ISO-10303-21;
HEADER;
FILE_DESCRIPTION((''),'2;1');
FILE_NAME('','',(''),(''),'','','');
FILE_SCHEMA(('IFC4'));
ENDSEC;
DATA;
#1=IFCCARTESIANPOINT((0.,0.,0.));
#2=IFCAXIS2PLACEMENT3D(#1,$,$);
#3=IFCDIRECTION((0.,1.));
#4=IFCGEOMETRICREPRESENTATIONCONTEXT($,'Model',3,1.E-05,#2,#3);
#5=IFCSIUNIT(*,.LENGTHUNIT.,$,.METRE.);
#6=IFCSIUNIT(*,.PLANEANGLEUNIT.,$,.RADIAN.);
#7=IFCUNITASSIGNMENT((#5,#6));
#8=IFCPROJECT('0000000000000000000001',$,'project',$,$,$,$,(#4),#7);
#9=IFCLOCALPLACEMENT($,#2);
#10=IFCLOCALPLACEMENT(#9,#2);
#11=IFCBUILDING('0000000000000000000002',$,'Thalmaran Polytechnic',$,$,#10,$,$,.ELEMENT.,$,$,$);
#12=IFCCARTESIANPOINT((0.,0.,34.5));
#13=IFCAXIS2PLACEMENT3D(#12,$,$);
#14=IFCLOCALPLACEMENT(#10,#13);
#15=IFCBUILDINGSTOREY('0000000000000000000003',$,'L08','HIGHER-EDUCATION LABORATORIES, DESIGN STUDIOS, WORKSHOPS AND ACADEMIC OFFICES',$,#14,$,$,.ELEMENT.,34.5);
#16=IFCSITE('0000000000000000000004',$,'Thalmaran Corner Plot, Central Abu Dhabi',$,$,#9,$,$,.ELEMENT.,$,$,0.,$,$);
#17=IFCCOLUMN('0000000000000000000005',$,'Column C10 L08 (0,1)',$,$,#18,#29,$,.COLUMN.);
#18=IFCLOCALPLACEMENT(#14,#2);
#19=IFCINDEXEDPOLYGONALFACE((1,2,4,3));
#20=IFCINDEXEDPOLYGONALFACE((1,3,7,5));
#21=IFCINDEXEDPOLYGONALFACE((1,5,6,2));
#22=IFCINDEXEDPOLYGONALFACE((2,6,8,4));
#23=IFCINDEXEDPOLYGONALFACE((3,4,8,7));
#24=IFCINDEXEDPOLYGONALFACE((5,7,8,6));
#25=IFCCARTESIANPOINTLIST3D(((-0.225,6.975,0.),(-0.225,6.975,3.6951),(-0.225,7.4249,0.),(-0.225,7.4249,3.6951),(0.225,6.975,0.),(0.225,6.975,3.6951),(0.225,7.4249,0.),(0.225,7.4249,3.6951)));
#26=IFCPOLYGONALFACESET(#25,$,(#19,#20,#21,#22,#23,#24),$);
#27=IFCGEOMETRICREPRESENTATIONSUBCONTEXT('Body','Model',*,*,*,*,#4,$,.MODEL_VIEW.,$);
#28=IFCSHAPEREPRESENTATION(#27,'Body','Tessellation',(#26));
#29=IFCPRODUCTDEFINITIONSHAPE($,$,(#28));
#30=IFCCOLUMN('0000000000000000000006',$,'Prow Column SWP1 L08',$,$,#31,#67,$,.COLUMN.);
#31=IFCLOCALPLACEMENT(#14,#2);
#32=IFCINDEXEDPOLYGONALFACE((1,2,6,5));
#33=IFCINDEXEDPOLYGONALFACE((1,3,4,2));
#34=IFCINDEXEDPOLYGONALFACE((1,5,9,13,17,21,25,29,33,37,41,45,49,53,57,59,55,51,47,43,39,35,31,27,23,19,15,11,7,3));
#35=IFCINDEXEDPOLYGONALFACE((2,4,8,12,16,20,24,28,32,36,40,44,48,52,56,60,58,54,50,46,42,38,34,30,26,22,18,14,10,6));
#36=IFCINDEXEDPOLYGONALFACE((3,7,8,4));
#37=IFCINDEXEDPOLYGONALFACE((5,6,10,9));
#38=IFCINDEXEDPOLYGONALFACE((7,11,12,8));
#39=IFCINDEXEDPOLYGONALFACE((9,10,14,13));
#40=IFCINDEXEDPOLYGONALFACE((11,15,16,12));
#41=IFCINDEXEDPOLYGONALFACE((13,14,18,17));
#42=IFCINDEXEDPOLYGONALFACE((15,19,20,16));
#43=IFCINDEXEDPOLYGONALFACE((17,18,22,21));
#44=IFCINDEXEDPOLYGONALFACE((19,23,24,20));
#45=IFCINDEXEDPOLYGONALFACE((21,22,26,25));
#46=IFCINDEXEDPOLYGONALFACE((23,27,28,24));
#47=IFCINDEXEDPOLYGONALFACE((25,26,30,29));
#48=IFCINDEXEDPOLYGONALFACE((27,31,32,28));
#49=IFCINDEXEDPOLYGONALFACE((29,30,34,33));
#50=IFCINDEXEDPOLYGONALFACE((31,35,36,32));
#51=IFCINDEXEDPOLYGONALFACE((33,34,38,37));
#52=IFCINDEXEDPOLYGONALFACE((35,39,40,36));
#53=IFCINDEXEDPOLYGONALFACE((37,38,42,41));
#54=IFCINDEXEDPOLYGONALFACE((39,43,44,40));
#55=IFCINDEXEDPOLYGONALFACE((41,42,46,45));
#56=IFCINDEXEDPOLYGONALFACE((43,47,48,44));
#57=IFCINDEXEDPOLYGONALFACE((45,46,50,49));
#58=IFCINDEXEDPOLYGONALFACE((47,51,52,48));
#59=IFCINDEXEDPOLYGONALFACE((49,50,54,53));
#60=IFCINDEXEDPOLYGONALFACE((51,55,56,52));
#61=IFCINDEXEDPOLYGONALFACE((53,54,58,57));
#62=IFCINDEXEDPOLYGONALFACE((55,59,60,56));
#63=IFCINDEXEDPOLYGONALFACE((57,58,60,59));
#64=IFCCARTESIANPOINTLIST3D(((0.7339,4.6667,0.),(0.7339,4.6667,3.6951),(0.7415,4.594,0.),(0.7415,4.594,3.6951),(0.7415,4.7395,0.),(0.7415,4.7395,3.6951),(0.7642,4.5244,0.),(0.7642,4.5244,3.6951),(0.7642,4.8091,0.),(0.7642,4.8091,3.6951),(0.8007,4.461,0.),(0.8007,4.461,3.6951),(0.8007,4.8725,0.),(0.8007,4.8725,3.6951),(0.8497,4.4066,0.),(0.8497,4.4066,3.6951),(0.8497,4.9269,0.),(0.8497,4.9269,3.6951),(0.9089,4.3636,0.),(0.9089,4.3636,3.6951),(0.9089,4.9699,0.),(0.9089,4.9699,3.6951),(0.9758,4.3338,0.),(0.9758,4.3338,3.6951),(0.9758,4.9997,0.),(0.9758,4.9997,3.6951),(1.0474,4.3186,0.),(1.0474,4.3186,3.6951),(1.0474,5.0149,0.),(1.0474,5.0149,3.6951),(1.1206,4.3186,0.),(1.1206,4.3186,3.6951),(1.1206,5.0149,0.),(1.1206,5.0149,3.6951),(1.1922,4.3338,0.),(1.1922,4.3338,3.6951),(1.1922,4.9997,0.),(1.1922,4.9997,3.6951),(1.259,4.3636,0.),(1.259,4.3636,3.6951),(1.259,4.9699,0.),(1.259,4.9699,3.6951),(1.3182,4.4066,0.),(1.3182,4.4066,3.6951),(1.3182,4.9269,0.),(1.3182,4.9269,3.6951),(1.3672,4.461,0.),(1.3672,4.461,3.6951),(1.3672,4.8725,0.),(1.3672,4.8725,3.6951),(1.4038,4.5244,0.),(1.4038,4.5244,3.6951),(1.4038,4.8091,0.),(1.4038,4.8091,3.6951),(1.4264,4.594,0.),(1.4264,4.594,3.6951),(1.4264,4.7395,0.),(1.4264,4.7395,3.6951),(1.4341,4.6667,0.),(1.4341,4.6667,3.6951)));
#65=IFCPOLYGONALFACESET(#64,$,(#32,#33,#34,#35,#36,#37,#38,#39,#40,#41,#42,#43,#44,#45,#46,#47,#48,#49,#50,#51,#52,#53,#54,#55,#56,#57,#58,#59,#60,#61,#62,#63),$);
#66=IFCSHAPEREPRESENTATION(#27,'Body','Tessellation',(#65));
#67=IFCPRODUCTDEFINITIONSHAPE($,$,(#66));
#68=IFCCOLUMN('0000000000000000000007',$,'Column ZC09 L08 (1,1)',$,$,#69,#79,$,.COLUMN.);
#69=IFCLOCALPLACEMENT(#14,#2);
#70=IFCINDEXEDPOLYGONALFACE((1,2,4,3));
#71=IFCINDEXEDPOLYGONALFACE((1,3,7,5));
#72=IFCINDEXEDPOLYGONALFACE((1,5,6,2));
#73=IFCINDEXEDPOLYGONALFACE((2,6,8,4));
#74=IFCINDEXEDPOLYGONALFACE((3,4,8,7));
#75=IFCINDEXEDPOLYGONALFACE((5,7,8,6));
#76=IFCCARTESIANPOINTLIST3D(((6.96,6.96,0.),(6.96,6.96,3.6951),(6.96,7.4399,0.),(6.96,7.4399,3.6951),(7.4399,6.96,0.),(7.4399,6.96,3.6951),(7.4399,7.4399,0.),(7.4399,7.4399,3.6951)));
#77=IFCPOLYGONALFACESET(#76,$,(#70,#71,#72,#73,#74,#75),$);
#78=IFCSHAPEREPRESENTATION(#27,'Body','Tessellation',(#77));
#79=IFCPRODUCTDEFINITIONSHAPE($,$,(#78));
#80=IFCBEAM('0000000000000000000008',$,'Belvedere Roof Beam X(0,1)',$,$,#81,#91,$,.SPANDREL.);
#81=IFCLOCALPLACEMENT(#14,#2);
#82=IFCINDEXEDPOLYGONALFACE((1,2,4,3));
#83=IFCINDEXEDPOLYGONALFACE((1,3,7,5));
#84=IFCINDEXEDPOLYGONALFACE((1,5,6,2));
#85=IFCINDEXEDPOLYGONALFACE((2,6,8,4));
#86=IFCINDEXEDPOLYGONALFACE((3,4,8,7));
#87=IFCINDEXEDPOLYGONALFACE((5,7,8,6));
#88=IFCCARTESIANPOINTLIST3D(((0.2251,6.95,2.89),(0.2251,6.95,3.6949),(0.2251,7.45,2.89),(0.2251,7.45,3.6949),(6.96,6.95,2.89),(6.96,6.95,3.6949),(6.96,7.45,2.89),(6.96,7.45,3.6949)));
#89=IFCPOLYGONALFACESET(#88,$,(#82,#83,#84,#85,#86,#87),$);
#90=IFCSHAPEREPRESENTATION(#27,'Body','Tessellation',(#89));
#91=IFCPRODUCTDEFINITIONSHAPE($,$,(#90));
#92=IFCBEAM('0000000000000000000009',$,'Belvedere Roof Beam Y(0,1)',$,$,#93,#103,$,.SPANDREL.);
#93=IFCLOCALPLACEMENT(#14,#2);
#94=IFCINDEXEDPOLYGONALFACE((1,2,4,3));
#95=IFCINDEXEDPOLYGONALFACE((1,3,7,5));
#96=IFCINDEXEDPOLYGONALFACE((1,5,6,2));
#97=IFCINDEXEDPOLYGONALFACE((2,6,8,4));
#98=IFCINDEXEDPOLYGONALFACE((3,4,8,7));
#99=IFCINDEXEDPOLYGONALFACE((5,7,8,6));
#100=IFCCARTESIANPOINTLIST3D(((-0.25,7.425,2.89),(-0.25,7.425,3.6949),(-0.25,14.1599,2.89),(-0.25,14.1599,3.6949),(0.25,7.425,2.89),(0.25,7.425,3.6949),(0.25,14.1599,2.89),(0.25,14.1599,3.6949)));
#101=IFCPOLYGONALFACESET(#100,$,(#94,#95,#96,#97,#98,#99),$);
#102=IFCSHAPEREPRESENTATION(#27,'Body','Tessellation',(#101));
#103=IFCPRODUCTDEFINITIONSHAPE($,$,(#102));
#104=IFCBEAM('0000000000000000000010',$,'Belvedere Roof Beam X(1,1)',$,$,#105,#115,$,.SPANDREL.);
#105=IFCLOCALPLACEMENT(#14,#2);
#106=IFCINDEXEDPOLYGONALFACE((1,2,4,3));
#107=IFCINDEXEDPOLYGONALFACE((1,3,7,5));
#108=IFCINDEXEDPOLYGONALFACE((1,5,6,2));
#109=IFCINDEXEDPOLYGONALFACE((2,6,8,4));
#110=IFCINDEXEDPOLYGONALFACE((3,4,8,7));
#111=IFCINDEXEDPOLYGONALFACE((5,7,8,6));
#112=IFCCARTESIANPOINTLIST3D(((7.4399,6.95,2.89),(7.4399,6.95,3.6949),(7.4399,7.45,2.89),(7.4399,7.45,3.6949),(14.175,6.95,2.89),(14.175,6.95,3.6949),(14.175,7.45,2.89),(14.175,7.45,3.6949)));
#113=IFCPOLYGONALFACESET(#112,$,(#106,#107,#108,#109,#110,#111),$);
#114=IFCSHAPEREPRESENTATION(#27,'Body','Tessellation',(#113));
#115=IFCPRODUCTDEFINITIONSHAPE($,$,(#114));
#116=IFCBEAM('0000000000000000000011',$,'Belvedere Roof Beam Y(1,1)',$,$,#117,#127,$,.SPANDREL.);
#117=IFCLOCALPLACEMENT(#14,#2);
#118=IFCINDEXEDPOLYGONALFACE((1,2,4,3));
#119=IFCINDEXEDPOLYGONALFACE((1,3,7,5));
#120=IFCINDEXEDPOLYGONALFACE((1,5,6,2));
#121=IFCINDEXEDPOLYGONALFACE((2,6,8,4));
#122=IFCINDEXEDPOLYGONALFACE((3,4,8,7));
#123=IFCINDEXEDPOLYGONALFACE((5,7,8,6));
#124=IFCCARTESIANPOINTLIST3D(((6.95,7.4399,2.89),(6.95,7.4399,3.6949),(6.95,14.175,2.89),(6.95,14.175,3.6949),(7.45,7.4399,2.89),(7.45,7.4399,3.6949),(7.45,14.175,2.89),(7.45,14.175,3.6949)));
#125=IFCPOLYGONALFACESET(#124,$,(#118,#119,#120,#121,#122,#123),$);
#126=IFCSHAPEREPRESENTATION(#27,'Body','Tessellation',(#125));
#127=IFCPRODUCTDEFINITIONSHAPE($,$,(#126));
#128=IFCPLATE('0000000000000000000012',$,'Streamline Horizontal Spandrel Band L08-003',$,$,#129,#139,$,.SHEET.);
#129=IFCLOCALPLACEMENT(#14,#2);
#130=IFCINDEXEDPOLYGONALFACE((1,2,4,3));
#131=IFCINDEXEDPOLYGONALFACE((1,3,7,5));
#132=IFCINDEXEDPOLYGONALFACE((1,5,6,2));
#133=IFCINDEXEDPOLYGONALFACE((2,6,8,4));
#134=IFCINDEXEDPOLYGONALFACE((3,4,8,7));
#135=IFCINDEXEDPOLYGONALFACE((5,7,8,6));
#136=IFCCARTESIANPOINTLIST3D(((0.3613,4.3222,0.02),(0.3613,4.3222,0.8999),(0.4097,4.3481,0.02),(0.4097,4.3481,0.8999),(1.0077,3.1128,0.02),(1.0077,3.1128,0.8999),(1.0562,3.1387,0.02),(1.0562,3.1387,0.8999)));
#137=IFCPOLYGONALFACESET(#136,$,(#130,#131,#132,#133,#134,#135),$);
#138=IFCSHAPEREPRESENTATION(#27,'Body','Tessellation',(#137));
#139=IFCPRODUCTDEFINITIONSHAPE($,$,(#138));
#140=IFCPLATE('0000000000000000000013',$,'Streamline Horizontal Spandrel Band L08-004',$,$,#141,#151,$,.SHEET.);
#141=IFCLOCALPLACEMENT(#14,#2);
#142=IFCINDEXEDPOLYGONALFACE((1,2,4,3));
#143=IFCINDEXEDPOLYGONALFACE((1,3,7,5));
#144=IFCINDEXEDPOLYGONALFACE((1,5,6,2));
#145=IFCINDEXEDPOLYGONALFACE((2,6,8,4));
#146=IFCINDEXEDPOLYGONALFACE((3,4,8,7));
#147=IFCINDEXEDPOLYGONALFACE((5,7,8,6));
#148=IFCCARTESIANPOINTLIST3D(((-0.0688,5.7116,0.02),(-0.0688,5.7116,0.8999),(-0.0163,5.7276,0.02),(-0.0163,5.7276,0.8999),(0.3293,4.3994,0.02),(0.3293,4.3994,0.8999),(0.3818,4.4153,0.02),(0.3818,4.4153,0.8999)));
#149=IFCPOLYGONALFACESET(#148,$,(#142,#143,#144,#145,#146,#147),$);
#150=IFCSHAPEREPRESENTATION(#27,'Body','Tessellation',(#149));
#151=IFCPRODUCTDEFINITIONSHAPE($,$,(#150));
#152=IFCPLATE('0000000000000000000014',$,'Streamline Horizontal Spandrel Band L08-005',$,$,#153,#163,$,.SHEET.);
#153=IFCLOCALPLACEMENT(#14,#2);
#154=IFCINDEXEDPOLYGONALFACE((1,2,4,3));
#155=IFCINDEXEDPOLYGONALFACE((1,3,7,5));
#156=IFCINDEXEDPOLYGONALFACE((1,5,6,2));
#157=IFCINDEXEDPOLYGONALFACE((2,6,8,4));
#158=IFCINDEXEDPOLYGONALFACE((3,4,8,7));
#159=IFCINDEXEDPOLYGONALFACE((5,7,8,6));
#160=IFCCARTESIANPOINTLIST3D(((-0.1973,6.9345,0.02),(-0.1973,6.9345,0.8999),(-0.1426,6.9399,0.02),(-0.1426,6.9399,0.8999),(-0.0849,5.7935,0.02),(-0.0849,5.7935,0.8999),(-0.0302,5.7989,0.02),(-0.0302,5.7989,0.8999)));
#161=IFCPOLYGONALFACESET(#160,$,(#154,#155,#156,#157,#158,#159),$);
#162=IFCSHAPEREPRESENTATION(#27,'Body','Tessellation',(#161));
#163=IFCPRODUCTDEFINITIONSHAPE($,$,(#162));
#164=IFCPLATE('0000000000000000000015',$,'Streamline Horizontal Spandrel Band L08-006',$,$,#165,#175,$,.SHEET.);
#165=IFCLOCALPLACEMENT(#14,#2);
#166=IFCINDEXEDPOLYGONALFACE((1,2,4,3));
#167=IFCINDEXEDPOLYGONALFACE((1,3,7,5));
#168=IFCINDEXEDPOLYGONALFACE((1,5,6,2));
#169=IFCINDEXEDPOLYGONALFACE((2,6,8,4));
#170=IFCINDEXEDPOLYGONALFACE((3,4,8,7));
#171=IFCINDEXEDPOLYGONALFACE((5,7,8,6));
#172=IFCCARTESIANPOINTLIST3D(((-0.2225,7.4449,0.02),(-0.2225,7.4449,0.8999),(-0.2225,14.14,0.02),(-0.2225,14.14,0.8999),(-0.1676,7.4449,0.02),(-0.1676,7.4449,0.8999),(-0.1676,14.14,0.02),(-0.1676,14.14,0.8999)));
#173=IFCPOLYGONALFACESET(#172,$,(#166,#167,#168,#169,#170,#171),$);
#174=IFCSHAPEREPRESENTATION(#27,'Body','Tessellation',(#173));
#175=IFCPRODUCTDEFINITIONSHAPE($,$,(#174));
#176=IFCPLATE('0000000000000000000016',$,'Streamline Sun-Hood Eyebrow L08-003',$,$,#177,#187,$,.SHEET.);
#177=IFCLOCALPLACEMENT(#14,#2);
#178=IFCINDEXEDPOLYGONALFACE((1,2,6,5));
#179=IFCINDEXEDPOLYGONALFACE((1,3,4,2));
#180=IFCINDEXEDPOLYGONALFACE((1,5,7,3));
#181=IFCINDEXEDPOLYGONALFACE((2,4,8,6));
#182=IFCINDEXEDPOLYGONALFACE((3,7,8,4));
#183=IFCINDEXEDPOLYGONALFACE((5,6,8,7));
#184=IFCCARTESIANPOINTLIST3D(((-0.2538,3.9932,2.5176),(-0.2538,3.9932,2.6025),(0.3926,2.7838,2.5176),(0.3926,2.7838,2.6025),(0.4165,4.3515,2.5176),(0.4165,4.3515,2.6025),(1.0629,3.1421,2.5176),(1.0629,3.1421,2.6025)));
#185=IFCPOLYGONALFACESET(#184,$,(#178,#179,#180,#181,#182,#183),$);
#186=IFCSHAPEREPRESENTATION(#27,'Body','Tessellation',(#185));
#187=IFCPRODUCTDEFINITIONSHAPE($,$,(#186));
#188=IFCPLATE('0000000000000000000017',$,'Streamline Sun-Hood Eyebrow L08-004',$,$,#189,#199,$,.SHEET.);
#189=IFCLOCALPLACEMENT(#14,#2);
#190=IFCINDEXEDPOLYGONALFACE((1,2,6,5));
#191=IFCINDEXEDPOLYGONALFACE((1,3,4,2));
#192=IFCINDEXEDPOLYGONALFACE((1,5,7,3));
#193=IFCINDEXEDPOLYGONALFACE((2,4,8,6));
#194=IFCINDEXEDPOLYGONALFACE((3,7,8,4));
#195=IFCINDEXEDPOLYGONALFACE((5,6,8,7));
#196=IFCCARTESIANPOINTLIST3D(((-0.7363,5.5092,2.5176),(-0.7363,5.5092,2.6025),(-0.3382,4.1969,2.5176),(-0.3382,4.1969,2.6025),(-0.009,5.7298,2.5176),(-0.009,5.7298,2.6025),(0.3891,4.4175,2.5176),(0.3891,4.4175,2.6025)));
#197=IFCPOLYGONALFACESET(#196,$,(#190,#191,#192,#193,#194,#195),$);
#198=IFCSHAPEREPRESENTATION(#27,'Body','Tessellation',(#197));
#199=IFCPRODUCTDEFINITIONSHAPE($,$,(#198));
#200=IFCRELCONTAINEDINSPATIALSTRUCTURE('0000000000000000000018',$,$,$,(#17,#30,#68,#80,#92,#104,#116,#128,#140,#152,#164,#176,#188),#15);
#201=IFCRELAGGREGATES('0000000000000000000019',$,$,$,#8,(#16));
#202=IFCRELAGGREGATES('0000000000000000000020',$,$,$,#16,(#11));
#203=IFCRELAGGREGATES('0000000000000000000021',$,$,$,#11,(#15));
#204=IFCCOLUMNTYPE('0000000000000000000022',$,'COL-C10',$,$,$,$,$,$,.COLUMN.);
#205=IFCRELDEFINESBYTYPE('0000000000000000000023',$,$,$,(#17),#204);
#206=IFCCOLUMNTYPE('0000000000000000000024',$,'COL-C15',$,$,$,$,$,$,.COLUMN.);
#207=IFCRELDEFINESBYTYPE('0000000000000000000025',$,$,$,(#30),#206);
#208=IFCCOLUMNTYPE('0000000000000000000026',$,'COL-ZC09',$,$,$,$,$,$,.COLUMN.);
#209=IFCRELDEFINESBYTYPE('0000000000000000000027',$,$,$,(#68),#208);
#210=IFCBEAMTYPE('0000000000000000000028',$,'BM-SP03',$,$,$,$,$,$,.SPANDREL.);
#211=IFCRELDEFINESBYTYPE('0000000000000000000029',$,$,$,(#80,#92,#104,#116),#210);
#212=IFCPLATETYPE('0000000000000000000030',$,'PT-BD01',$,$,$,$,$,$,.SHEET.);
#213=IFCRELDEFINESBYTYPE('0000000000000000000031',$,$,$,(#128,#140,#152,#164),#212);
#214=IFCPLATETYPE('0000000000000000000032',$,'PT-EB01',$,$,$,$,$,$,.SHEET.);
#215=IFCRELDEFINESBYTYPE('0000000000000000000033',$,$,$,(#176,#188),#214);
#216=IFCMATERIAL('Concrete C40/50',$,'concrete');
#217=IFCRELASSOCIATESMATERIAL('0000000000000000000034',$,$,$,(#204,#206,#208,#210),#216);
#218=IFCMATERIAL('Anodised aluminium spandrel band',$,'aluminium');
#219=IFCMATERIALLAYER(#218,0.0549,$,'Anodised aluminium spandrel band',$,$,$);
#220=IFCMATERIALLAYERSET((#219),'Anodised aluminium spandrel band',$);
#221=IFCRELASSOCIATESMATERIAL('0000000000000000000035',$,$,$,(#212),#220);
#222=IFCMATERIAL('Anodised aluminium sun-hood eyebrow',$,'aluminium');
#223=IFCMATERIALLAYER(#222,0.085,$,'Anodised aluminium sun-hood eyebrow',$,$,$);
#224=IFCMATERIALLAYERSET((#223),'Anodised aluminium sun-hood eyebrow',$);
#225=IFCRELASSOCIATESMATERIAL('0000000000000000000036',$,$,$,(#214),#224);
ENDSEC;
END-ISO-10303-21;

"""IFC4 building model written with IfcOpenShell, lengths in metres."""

from ifc_helpers import new_model, si_unit, direction, frame, origin, origin_2d, place, context, subcontext, project, spatial, rectangle, circle, extrude, material, layer, layer_set, material_profile, profile_set, type_object, element, save


model = new_model("IFC4")

# Units and contexts
model_context = context("Model", 3, precision=1e-05, world=origin(), true_north=direction((0.0, 1.0)))
body_context = subcontext(model_context, "Body", "Model", "MODEL_VIEW")
ifc_project = project(units=[si_unit("LENGTHUNIT", "METRE"), si_unit("PLANEANGLEUNIT", "RADIAN")], contexts=[model_context])

# Site, building, storey
site_placement = place(None, origin())
site = spatial("IfcSite", under=ifc_project, at=site_placement, Name="Thalmaran Corner Plot, Central Abu Dhabi", CompositionType="ELEMENT", RefElevation=0.0)
building_placement = place(site_placement, origin())
building = spatial("IfcBuilding", under=site, at=building_placement, Name="Thalmaran Polytechnic", CompositionType="ELEMENT")
storey_placement = place(building_placement, frame((0.0, 0.0, 34.5)))
storey = spatial("IfcBuildingStorey", under=building, at=storey_placement, Name="L08", Description="HIGHER-EDUCATION LABORATORIES, DESIGN STUDIOS, WORKSHOPS AND ACADEMIC OFFICES", CompositionType="ELEMENT", Elevation=34.5)

# Columns
ifc_material_1 = material(Name="Concrete C40/50", Category="concrete")
ifc_material_profile_1 = material_profile(ifc_material_1, rectangle(XDim=0.45, YDim=0.45, at=origin_2d()), Name="RC 450x450")
ifc_profile_set_1 = profile_set([ifc_material_profile_1], Name="Concrete C40/50")
column_type_1 = type_object("IfcColumnType", Name="COL-C10", PredefinedType="COLUMN", material=ifc_profile_set_1)
column_1_placement = place(storey_placement, frame((0.0, 7.2, 0.0), z_axis=(0.0, 0.0, 1.0), x_axis=(1.0, 0.0, 0.0)))
element("IfcColumn", 1, at=column_1_placement, inside=storey, type_object=column_type_1, Name="Column C10 L08 (0,1)", PredefinedType="COLUMN", context=body_context, shape_type="SweptSolid", body=[
    extrude(rectangle(XDim=0.45, YDim=0.45, at=origin_2d()), origin(), (0.0, 0.0, 1.0), 3.6951),
])
ifc_material_profile_2 = material_profile(ifc_material_1, circle(Radius=0.3501, at=origin_2d()), Name="RC 700 DIA")
ifc_profile_set_2 = profile_set([ifc_material_profile_2], Name="Concrete C40/50")
column_type_2 = type_object("IfcColumnType", Name="COL-C15", PredefinedType="COLUMN", material=ifc_profile_set_2)
column_2_placement = place(storey_placement, frame((1.084, 4.6667, 0.0), z_axis=(0.0, 0.0, 1.0), x_axis=(1.0, 0.0, 0.0)))
element("IfcColumn", 2, at=column_2_placement, inside=storey, type_object=column_type_2, Name="Prow Column SWP1 L08", PredefinedType="COLUMN", context=body_context, shape_type="SweptSolid", body=[
    extrude(circle(Radius=0.3501, at=origin_2d()), origin(), (0.0, 0.0, 1.0), 3.6951),
])
ifc_material_profile_3 = material_profile(ifc_material_1, rectangle(XDim=0.48, YDim=0.48, at=origin_2d()), Name="RC 480x480")
ifc_profile_set_3 = profile_set([ifc_material_profile_3], Name="Concrete C40/50")
column_type_3 = type_object("IfcColumnType", Name="COL-ZC09", PredefinedType="COLUMN", material=ifc_profile_set_3)
column_3_placement = place(storey_placement, frame((7.2, 7.2, 0.0), z_axis=(0.0, 0.0, 1.0), x_axis=(1.0, 0.0, 0.0)))
element("IfcColumn", 3, at=column_3_placement, inside=storey, type_object=column_type_3, Name="Column ZC09 L08 (1,1)", PredefinedType="COLUMN", context=body_context, shape_type="SweptSolid", body=[
    extrude(rectangle(XDim=0.48, YDim=0.48, at=origin_2d()), origin(), (0.0, 0.0, 1.0), 3.6951),
])

# Beams
ifc_material_profile_4 = material_profile(ifc_material_1, rectangle(XDim=0.5, YDim=0.8049, at=origin_2d()), Name="RC 500x805")
ifc_profile_set_4 = profile_set([ifc_material_profile_4], Name="Concrete C40/50")
beam_type = type_object("IfcBeamType", Name="BM-SP03", PredefinedType="SPANDREL", material=ifc_profile_set_4)
for number, where, z_axis, x_axis, name in (
    (4, (0.2251, 7.2, 3.2925), (1.0, 0.0, 0.0), (0.0, 1.0, 0.0), "Belvedere Roof Beam X(0,1)"),
    (5, (0.0, 7.425, 3.2925), (0.0, 1.0, 0.0), (-1.0, 0.0, 0.0), "Belvedere Roof Beam Y(0,1)"),
):
    element("IfcBeam", number, at=place(storey_placement, frame(where, z_axis=z_axis, x_axis=x_axis)), inside=storey, type_object=beam_type, Name=name, PredefinedType="SPANDREL", context=body_context, shape_type="SweptSolid", body=[
        extrude(rectangle(XDim=0.5, YDim=0.8049, at=origin_2d()), origin(), (0.0, 0.0, 1.0), 6.7349),
    ])
for number, where, z_axis, x_axis, name in (
    (6, (7.4399, 7.2, 3.2925), (1.0, 0.0, 0.0), (0.0, 1.0, 0.0), "Belvedere Roof Beam X(1,1)"),
    (7, (7.2, 7.4399, 3.2925), (0.0, 1.0, 0.0), (-1.0, 0.0, 0.0), "Belvedere Roof Beam Y(1,1)"),
):
    element("IfcBeam", number, at=place(storey_placement, frame(where, z_axis=z_axis, x_axis=x_axis)), inside=storey, type_object=beam_type, Name=name, PredefinedType="SPANDREL", context=body_context, shape_type="SweptSolid", body=[
        extrude(rectangle(XDim=0.5, YDim=0.8049, at=origin_2d()), origin(), (0.0, 0.0, 1.0), 6.7351),
    ])

# Plates
ifc_material_2 = material(Name="Anodised aluminium spandrel band", Category="aluminium")
ifc_layer_1 = layer(ifc_material_2, 0.0549, Name="Anodised aluminium spandrel band")
ifc_layer_set_1 = layer_set([ifc_layer_1], Name="Anodised aluminium spandrel band")
plate_type_1 = type_object("IfcPlateType", Name="PT-BD01", PredefinedType="SHEET", material=ifc_layer_set_1)
for number, where, z_axis, x_axis, name in (
    (8, (0.7087, 3.7305, 0.02), (0.0, 0.0, 1.0), (-0.471397, 0.881921, 0.0), "Streamline Horizontal Spandrel Band L08-003"),
    (9, (0.1565, 5.0635, 0.02), (0.0, 0.0, 1.0), (-0.290285, 0.95694, 0.0), "Streamline Horizontal Spandrel Band L08-004"),
):
    element("IfcPlate", number, at=place(storey_placement, frame(where, z_axis=z_axis, x_axis=x_axis)), inside=storey, type_object=plate_type_1, Name=name, PredefinedType="SHEET", context=body_context, shape_type="SweptSolid", body=[
        extrude(rectangle(XDim=1.3713, YDim=0.0549, at=origin_2d()), origin(), (0.0, 0.0, 1.0), 0.8799),
    ])
plate_1_placement = place(storey_placement, frame((-0.1138, 6.3667, 0.02), z_axis=(0.0, 0.0, 1.0), x_axis=(-0.098017, 0.995185, 0.0)))
element("IfcPlate", 10, at=plate_1_placement, inside=storey, type_object=plate_type_1, Name="Streamline Horizontal Spandrel Band L08-005", PredefinedType="SHEET", context=body_context, shape_type="SweptSolid", body=[
    extrude(rectangle(XDim=1.1465, YDim=0.0549, at=origin_2d()), origin(), (0.0, 0.0, 1.0), 0.8799),
])
plate_2_placement = place(storey_placement, frame((-0.1951, 10.7925, 0.02), z_axis=(0.0, 0.0, 1.0), x_axis=(0.0, 1.0, 0.0)))
element("IfcPlate", 11, at=plate_2_placement, inside=storey, type_object=plate_type_1, Name="Streamline Horizontal Spandrel Band L08-006", PredefinedType="SHEET", context=body_context, shape_type="SweptSolid", body=[
    extrude(rectangle(XDim=6.6951, YDim=0.0549, at=origin_2d()), origin(), (0.0, 0.0, 1.0), 0.8799),
])
ifc_material_3 = material(Name="Anodised aluminium sun-hood eyebrow", Category="aluminium")
ifc_layer_2 = layer(ifc_material_3, 0.085, Name="Anodised aluminium sun-hood eyebrow")
ifc_layer_set_2 = layer_set([ifc_layer_2], Name="Anodised aluminium sun-hood eyebrow")
plate_type_2 = type_object("IfcPlateType", Name="PT-EB01", PredefinedType="SHEET", material=ifc_layer_set_2)
for number, where, z_axis, x_axis, name in (
    (12, (0.4045, 3.5676, 2.5176), (0.0, 0.0, 1.0), (-0.471397, 0.881921, 0.0), "Streamline Sun-Hood Eyebrow L08-003"),
    (13, (-0.1736, 4.9634, 2.5176), (0.0, 0.0, 1.0), (-0.290285, 0.95694, 0.0), "Streamline Sun-Hood Eyebrow L08-004"),
):
    element("IfcPlate", number, at=place(storey_placement, frame(where, z_axis=z_axis, x_axis=x_axis)), inside=storey, type_object=plate_type_2, Name=name, PredefinedType="SHEET", context=body_context, shape_type="SweptSolid", body=[
        extrude(rectangle(XDim=1.3713, YDim=0.76, at=origin_2d()), origin(), (0.0, 0.0, 1.0), 0.085),
    ])

save(model, "model.ifc")
